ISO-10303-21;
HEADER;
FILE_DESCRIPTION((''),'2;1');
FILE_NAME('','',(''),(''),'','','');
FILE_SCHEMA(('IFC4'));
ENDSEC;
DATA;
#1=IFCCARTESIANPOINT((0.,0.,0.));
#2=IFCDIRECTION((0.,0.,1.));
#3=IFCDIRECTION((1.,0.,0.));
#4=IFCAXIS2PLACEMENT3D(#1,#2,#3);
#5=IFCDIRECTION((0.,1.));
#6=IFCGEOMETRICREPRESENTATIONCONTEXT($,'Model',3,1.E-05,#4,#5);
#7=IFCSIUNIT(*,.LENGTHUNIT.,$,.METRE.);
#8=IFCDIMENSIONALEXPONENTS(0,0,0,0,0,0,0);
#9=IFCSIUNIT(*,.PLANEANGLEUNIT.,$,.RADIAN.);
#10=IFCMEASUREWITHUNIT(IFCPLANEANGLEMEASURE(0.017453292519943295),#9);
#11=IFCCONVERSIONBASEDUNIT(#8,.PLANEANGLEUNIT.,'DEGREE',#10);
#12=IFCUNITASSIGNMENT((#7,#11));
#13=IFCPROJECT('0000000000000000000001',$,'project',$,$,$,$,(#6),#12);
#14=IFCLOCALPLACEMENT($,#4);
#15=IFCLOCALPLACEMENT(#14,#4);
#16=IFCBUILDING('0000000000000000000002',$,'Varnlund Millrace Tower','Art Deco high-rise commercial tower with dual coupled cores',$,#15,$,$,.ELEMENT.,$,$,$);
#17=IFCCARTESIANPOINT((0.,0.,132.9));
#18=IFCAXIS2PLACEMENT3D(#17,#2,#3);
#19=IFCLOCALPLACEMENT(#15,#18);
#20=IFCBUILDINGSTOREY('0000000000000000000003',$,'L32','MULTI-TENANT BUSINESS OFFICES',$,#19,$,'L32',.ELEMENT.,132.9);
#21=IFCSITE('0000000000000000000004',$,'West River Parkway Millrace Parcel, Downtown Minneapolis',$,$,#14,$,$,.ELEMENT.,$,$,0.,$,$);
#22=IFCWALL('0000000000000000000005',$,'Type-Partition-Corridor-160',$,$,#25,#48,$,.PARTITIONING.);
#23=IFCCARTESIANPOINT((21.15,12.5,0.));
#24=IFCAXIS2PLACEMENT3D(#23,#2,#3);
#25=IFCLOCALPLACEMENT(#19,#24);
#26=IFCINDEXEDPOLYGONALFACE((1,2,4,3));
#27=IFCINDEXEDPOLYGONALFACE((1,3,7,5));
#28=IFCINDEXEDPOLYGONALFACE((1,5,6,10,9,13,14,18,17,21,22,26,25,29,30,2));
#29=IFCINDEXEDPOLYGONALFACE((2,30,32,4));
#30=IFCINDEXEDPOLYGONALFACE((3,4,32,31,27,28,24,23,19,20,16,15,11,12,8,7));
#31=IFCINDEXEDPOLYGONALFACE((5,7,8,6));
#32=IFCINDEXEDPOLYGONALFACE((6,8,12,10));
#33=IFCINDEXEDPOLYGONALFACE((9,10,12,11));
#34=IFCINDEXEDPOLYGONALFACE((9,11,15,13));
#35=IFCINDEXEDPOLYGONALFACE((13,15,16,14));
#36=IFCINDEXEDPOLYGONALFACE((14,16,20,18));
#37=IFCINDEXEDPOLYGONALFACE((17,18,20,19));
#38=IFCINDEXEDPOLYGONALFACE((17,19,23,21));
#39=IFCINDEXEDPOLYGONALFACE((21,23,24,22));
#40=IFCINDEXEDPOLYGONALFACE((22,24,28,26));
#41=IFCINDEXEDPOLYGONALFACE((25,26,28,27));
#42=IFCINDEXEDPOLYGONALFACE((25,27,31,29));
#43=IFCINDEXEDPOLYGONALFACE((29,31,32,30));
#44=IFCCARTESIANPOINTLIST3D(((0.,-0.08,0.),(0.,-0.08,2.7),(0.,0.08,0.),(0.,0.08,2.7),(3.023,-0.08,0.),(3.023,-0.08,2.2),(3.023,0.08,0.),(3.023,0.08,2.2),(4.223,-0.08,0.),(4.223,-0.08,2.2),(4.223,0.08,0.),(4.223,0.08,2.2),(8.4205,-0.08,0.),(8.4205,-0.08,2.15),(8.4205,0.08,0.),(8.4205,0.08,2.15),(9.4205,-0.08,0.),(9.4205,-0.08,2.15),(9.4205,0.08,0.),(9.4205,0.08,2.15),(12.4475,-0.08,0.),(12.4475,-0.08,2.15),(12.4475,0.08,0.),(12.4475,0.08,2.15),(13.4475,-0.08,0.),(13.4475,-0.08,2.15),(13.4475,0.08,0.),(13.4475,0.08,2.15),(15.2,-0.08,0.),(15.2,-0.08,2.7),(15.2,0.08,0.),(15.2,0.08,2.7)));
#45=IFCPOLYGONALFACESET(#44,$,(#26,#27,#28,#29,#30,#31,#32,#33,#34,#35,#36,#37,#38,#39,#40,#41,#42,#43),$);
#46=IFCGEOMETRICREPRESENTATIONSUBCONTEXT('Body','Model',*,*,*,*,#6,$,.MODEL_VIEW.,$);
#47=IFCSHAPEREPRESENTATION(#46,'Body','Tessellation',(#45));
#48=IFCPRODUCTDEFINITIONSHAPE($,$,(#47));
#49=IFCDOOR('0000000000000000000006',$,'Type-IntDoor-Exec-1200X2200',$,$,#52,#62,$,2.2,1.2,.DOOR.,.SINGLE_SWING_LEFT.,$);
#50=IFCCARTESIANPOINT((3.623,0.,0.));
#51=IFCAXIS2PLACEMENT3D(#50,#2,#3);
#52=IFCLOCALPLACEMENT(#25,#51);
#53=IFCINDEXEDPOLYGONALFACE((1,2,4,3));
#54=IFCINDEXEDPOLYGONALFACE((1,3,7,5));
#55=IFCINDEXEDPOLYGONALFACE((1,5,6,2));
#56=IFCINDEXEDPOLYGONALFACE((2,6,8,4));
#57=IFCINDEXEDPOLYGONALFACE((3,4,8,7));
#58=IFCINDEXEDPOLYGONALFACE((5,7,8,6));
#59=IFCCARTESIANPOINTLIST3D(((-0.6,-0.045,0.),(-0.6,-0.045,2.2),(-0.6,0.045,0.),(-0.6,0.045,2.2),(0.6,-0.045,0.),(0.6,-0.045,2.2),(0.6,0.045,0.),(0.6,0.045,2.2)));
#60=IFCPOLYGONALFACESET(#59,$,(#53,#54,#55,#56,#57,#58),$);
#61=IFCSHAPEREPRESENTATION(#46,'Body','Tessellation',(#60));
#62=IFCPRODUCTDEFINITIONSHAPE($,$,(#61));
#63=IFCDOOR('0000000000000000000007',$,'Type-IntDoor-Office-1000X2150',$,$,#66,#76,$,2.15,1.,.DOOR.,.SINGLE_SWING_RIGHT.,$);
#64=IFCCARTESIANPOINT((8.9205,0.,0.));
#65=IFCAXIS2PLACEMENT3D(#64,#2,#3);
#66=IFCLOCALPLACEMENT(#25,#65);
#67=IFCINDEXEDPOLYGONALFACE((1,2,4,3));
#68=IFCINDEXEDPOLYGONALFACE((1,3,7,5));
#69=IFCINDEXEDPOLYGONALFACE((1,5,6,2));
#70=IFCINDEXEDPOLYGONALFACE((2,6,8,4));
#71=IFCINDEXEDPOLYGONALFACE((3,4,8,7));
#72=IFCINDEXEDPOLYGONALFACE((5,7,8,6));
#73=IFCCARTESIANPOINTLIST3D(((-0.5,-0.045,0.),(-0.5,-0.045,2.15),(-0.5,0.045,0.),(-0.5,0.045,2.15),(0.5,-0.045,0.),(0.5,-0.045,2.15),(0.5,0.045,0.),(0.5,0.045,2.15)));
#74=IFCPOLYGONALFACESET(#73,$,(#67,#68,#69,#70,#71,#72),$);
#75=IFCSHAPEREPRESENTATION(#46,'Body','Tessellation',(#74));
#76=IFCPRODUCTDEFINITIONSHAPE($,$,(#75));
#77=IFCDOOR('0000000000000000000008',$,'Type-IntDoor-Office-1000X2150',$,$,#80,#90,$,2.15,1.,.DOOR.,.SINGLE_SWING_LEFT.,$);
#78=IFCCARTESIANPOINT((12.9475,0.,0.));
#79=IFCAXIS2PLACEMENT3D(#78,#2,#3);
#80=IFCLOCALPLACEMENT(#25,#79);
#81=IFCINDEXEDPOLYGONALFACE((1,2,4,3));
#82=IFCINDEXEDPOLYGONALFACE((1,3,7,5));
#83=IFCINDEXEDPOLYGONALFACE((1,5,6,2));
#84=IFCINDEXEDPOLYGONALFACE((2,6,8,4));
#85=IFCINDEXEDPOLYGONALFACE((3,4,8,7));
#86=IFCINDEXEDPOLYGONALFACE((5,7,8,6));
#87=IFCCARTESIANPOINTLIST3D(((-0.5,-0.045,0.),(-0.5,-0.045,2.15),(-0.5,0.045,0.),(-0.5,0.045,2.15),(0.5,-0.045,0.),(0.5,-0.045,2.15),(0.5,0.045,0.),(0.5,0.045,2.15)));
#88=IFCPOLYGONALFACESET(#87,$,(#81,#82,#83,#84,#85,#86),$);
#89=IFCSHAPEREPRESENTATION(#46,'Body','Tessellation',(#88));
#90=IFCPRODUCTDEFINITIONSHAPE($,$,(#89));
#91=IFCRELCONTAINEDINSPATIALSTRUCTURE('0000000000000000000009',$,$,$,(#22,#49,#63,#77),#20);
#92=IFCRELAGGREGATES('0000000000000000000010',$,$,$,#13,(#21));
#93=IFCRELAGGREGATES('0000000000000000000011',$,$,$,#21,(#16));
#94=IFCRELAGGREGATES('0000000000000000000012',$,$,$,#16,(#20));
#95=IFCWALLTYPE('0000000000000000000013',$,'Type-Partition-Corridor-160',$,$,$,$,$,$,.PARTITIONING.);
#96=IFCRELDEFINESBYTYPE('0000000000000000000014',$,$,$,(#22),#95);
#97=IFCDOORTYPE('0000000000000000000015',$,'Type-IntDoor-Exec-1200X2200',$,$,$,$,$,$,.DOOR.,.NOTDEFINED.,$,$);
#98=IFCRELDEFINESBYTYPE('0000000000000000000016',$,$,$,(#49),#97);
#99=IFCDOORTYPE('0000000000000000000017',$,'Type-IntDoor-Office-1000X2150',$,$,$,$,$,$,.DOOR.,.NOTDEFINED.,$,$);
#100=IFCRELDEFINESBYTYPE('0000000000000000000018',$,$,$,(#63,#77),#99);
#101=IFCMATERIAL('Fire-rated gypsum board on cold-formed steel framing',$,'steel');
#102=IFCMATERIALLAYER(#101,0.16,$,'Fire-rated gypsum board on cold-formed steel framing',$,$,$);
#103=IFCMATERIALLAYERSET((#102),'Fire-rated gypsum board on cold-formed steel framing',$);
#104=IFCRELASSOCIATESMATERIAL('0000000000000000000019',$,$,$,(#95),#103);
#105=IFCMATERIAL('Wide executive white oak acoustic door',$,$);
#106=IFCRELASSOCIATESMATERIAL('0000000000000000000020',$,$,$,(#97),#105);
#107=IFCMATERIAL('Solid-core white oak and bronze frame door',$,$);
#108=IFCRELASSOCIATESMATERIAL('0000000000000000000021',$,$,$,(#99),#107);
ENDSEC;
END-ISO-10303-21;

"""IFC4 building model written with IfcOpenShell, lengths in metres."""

from ifc_helpers import new_model, entity, si_unit, converted_unit, direction, frame, origin_with_axes, origin_2d_with_axis, place, context, subcontext, project, spatial, polyline, rectangle, outline, extrude, material, layer, layer_set, type_object, element, fill, save


model = new_model("IFC4")

# Units and contexts
model_context = context("Model", 3, precision=1e-05, world=origin_with_axes(), true_north=direction((0.0, 1.0)))
body_context = subcontext(model_context, "Body", "Model", "MODEL_VIEW")
ifc_project = project(units=[si_unit("LENGTHUNIT", "METRE"), converted_unit("PLANEANGLEUNIT", "DEGREE", entity("IfcPlaneAngleMeasure", 0.017453292519943295), si_unit("PLANEANGLEUNIT", "RADIAN"), dimensions=[0, 0, 0, 0, 0, 0, 0])], contexts=[model_context])

# Site, building, storey
site_placement = place(None, origin_with_axes())
site = spatial("IfcSite", under=ifc_project, at=site_placement, Name="West River Parkway Millrace Parcel, Downtown Minneapolis", CompositionType="ELEMENT", RefElevation=0.0)
building_placement = place(site_placement, origin_with_axes())
building = spatial("IfcBuilding", under=site, at=building_placement, Name="Varnlund Millrace Tower", Description="Art Deco high-rise commercial tower with dual coupled cores", CompositionType="ELEMENT")
storey_placement = place(building_placement, frame((0.0, 0.0, 132.9), z_axis=(0.0, 0.0, 1.0), x_axis=(1.0, 0.0, 0.0)))
storey = spatial("IfcBuildingStorey", under=building, at=storey_placement, Name="L32", Description="MULTI-TENANT BUSINESS OFFICES", LongName="L32", CompositionType="ELEMENT", Elevation=132.9)

# Shared definitions
ifc_material_1 = material(Name="Fire-rated gypsum board on cold-formed steel framing", Category="steel")
ifc_layer_1 = layer(ifc_material_1, 0.16, Name="Fire-rated gypsum board on cold-formed steel framing")
ifc_layer_set_1 = layer_set([ifc_layer_1], Name="Fire-rated gypsum board on cold-formed steel framing")
wall_type_1 = type_object("IfcWallType", Name="Type-Partition-Corridor-160", PredefinedType="PARTITIONING", material=ifc_layer_set_1)

# Wall, openings, doors
wall_1_placement = place(storey_placement, frame((21.15, 12.5, 0.0), z_axis=(0.0, 0.0, 1.0), x_axis=(1.0, 0.0, 0.0)))
wall_1 = element("IfcWall", 1, at=wall_1_placement, inside=storey, type_object=wall_type_1, Name="Type-Partition-Corridor-160", PredefinedType="PARTITIONING", context=body_context, shape_type="SweptSolid", body=[
    extrude(outline(polyline([(0.0, -0.08), (15.2, -0.08), (15.2, 0.08), (0.0, 0.08), (0.0, -0.08)])), origin_with_axes(), (0.0, 0.0, 1.0), 2.7),
])
opening_1_placement = place(wall_1_placement, frame((3.623, 0.0, 0.0), z_axis=(0.0, 0.0, 1.0), x_axis=(1.0, 0.0, 0.0)))
opening_1 = element("IfcOpeningElement", 2, at=opening_1_placement, cuts=wall_1, PredefinedType="OPENING", context=body_context, shape_type="SweptSolid", body=[
    extrude(rectangle(XDim=1.2, YDim=0.18, at=origin_2d_with_axis()), origin_with_axes(), (0.0, 0.0, 1.0), 2.2),
])
opening_2_placement = place(wall_1_placement, frame((8.9205, 0.0, 0.0), z_axis=(0.0, 0.0, 1.0), x_axis=(1.0, 0.0, 0.0)))
opening_2 = element("IfcOpeningElement", 3, at=opening_2_placement, cuts=wall_1, PredefinedType="OPENING", context=body_context, shape_type="SweptSolid", body=[
    extrude(rectangle(XDim=1.0, YDim=0.18, at=origin_2d_with_axis()), origin_with_axes(), (0.0, 0.0, 1.0), 2.15),
])
opening_3_placement = place(wall_1_placement, frame((12.9475, 0.0, 0.0), z_axis=(0.0, 0.0, 1.0), x_axis=(1.0, 0.0, 0.0)))
opening_3 = element("IfcOpeningElement", 4, at=opening_3_placement, cuts=wall_1, PredefinedType="OPENING", context=body_context, shape_type="SweptSolid", body=[
    extrude(rectangle(XDim=1.0, YDim=0.18, at=origin_2d_with_axis()), origin_with_axes(), (0.0, 0.0, 1.0), 2.15),
])
ifc_material_2 = material(Name="Wide executive white oak acoustic door")
door_type_1 = type_object("IfcDoorType", Name="Type-IntDoor-Exec-1200X2200", OperationType="NOTDEFINED", PredefinedType="DOOR", material=ifc_material_2)
door_1_placement = place(wall_1_placement, frame((3.623, 0.0, 0.0), z_axis=(0.0, 0.0, 1.0), x_axis=(1.0, 0.0, 0.0)))
door_1 = element("IfcDoor", 5, at=door_1_placement, inside=storey, type_object=door_type_1, Name="Type-IntDoor-Exec-1200X2200", OperationType="SINGLE_SWING_LEFT", OverallHeight=2.2, OverallWidth=1.2, PredefinedType="DOOR", context=body_context, shape_type="SweptSolid", body=[
    extrude(rectangle(XDim=1.2, YDim=0.09, at=origin_2d_with_axis()), origin_with_axes(), (0.0, 0.0, 1.0), 2.2),
])
fill(opening_1, door_1)
ifc_material_3 = material(Name="Solid-core white oak and bronze frame door")
door_type_2 = type_object("IfcDoorType", Name="Type-IntDoor-Office-1000X2150", OperationType="NOTDEFINED", PredefinedType="DOOR", material=ifc_material_3)
door_2_placement = place(wall_1_placement, frame((8.9205, 0.0, 0.0), z_axis=(0.0, 0.0, 1.0), x_axis=(1.0, 0.0, 0.0)))
door_2 = element("IfcDoor", 6, at=door_2_placement, inside=storey, type_object=door_type_2, Name="Type-IntDoor-Office-1000X2150", OperationType="SINGLE_SWING_RIGHT", OverallHeight=2.15, OverallWidth=1.0, PredefinedType="DOOR", context=body_context, shape_type="SweptSolid", body=[
    extrude(rectangle(XDim=1.0, YDim=0.09, at=origin_2d_with_axis()), origin_with_axes(), (0.0, 0.0, 1.0), 2.15),
])
fill(opening_2, door_2)
door_3_placement = place(wall_1_placement, frame((12.9475, 0.0, 0.0), z_axis=(0.0, 0.0, 1.0), x_axis=(1.0, 0.0, 0.0)))
door_3 = element("IfcDoor", 7, at=door_3_placement, inside=storey, type_object=door_type_2, Name="Type-IntDoor-Office-1000X2150", OperationType="SINGLE_SWING_LEFT", OverallHeight=2.15, OverallWidth=1.0, PredefinedType="DOOR", context=body_context, shape_type="SweptSolid", body=[
    extrude(rectangle(XDim=1.0, YDim=0.09, at=origin_2d_with_axis()), origin_with_axes(), (0.0, 0.0, 1.0), 2.15),
])
fill(opening_3, door_3)

save(model, "model.ifc")
